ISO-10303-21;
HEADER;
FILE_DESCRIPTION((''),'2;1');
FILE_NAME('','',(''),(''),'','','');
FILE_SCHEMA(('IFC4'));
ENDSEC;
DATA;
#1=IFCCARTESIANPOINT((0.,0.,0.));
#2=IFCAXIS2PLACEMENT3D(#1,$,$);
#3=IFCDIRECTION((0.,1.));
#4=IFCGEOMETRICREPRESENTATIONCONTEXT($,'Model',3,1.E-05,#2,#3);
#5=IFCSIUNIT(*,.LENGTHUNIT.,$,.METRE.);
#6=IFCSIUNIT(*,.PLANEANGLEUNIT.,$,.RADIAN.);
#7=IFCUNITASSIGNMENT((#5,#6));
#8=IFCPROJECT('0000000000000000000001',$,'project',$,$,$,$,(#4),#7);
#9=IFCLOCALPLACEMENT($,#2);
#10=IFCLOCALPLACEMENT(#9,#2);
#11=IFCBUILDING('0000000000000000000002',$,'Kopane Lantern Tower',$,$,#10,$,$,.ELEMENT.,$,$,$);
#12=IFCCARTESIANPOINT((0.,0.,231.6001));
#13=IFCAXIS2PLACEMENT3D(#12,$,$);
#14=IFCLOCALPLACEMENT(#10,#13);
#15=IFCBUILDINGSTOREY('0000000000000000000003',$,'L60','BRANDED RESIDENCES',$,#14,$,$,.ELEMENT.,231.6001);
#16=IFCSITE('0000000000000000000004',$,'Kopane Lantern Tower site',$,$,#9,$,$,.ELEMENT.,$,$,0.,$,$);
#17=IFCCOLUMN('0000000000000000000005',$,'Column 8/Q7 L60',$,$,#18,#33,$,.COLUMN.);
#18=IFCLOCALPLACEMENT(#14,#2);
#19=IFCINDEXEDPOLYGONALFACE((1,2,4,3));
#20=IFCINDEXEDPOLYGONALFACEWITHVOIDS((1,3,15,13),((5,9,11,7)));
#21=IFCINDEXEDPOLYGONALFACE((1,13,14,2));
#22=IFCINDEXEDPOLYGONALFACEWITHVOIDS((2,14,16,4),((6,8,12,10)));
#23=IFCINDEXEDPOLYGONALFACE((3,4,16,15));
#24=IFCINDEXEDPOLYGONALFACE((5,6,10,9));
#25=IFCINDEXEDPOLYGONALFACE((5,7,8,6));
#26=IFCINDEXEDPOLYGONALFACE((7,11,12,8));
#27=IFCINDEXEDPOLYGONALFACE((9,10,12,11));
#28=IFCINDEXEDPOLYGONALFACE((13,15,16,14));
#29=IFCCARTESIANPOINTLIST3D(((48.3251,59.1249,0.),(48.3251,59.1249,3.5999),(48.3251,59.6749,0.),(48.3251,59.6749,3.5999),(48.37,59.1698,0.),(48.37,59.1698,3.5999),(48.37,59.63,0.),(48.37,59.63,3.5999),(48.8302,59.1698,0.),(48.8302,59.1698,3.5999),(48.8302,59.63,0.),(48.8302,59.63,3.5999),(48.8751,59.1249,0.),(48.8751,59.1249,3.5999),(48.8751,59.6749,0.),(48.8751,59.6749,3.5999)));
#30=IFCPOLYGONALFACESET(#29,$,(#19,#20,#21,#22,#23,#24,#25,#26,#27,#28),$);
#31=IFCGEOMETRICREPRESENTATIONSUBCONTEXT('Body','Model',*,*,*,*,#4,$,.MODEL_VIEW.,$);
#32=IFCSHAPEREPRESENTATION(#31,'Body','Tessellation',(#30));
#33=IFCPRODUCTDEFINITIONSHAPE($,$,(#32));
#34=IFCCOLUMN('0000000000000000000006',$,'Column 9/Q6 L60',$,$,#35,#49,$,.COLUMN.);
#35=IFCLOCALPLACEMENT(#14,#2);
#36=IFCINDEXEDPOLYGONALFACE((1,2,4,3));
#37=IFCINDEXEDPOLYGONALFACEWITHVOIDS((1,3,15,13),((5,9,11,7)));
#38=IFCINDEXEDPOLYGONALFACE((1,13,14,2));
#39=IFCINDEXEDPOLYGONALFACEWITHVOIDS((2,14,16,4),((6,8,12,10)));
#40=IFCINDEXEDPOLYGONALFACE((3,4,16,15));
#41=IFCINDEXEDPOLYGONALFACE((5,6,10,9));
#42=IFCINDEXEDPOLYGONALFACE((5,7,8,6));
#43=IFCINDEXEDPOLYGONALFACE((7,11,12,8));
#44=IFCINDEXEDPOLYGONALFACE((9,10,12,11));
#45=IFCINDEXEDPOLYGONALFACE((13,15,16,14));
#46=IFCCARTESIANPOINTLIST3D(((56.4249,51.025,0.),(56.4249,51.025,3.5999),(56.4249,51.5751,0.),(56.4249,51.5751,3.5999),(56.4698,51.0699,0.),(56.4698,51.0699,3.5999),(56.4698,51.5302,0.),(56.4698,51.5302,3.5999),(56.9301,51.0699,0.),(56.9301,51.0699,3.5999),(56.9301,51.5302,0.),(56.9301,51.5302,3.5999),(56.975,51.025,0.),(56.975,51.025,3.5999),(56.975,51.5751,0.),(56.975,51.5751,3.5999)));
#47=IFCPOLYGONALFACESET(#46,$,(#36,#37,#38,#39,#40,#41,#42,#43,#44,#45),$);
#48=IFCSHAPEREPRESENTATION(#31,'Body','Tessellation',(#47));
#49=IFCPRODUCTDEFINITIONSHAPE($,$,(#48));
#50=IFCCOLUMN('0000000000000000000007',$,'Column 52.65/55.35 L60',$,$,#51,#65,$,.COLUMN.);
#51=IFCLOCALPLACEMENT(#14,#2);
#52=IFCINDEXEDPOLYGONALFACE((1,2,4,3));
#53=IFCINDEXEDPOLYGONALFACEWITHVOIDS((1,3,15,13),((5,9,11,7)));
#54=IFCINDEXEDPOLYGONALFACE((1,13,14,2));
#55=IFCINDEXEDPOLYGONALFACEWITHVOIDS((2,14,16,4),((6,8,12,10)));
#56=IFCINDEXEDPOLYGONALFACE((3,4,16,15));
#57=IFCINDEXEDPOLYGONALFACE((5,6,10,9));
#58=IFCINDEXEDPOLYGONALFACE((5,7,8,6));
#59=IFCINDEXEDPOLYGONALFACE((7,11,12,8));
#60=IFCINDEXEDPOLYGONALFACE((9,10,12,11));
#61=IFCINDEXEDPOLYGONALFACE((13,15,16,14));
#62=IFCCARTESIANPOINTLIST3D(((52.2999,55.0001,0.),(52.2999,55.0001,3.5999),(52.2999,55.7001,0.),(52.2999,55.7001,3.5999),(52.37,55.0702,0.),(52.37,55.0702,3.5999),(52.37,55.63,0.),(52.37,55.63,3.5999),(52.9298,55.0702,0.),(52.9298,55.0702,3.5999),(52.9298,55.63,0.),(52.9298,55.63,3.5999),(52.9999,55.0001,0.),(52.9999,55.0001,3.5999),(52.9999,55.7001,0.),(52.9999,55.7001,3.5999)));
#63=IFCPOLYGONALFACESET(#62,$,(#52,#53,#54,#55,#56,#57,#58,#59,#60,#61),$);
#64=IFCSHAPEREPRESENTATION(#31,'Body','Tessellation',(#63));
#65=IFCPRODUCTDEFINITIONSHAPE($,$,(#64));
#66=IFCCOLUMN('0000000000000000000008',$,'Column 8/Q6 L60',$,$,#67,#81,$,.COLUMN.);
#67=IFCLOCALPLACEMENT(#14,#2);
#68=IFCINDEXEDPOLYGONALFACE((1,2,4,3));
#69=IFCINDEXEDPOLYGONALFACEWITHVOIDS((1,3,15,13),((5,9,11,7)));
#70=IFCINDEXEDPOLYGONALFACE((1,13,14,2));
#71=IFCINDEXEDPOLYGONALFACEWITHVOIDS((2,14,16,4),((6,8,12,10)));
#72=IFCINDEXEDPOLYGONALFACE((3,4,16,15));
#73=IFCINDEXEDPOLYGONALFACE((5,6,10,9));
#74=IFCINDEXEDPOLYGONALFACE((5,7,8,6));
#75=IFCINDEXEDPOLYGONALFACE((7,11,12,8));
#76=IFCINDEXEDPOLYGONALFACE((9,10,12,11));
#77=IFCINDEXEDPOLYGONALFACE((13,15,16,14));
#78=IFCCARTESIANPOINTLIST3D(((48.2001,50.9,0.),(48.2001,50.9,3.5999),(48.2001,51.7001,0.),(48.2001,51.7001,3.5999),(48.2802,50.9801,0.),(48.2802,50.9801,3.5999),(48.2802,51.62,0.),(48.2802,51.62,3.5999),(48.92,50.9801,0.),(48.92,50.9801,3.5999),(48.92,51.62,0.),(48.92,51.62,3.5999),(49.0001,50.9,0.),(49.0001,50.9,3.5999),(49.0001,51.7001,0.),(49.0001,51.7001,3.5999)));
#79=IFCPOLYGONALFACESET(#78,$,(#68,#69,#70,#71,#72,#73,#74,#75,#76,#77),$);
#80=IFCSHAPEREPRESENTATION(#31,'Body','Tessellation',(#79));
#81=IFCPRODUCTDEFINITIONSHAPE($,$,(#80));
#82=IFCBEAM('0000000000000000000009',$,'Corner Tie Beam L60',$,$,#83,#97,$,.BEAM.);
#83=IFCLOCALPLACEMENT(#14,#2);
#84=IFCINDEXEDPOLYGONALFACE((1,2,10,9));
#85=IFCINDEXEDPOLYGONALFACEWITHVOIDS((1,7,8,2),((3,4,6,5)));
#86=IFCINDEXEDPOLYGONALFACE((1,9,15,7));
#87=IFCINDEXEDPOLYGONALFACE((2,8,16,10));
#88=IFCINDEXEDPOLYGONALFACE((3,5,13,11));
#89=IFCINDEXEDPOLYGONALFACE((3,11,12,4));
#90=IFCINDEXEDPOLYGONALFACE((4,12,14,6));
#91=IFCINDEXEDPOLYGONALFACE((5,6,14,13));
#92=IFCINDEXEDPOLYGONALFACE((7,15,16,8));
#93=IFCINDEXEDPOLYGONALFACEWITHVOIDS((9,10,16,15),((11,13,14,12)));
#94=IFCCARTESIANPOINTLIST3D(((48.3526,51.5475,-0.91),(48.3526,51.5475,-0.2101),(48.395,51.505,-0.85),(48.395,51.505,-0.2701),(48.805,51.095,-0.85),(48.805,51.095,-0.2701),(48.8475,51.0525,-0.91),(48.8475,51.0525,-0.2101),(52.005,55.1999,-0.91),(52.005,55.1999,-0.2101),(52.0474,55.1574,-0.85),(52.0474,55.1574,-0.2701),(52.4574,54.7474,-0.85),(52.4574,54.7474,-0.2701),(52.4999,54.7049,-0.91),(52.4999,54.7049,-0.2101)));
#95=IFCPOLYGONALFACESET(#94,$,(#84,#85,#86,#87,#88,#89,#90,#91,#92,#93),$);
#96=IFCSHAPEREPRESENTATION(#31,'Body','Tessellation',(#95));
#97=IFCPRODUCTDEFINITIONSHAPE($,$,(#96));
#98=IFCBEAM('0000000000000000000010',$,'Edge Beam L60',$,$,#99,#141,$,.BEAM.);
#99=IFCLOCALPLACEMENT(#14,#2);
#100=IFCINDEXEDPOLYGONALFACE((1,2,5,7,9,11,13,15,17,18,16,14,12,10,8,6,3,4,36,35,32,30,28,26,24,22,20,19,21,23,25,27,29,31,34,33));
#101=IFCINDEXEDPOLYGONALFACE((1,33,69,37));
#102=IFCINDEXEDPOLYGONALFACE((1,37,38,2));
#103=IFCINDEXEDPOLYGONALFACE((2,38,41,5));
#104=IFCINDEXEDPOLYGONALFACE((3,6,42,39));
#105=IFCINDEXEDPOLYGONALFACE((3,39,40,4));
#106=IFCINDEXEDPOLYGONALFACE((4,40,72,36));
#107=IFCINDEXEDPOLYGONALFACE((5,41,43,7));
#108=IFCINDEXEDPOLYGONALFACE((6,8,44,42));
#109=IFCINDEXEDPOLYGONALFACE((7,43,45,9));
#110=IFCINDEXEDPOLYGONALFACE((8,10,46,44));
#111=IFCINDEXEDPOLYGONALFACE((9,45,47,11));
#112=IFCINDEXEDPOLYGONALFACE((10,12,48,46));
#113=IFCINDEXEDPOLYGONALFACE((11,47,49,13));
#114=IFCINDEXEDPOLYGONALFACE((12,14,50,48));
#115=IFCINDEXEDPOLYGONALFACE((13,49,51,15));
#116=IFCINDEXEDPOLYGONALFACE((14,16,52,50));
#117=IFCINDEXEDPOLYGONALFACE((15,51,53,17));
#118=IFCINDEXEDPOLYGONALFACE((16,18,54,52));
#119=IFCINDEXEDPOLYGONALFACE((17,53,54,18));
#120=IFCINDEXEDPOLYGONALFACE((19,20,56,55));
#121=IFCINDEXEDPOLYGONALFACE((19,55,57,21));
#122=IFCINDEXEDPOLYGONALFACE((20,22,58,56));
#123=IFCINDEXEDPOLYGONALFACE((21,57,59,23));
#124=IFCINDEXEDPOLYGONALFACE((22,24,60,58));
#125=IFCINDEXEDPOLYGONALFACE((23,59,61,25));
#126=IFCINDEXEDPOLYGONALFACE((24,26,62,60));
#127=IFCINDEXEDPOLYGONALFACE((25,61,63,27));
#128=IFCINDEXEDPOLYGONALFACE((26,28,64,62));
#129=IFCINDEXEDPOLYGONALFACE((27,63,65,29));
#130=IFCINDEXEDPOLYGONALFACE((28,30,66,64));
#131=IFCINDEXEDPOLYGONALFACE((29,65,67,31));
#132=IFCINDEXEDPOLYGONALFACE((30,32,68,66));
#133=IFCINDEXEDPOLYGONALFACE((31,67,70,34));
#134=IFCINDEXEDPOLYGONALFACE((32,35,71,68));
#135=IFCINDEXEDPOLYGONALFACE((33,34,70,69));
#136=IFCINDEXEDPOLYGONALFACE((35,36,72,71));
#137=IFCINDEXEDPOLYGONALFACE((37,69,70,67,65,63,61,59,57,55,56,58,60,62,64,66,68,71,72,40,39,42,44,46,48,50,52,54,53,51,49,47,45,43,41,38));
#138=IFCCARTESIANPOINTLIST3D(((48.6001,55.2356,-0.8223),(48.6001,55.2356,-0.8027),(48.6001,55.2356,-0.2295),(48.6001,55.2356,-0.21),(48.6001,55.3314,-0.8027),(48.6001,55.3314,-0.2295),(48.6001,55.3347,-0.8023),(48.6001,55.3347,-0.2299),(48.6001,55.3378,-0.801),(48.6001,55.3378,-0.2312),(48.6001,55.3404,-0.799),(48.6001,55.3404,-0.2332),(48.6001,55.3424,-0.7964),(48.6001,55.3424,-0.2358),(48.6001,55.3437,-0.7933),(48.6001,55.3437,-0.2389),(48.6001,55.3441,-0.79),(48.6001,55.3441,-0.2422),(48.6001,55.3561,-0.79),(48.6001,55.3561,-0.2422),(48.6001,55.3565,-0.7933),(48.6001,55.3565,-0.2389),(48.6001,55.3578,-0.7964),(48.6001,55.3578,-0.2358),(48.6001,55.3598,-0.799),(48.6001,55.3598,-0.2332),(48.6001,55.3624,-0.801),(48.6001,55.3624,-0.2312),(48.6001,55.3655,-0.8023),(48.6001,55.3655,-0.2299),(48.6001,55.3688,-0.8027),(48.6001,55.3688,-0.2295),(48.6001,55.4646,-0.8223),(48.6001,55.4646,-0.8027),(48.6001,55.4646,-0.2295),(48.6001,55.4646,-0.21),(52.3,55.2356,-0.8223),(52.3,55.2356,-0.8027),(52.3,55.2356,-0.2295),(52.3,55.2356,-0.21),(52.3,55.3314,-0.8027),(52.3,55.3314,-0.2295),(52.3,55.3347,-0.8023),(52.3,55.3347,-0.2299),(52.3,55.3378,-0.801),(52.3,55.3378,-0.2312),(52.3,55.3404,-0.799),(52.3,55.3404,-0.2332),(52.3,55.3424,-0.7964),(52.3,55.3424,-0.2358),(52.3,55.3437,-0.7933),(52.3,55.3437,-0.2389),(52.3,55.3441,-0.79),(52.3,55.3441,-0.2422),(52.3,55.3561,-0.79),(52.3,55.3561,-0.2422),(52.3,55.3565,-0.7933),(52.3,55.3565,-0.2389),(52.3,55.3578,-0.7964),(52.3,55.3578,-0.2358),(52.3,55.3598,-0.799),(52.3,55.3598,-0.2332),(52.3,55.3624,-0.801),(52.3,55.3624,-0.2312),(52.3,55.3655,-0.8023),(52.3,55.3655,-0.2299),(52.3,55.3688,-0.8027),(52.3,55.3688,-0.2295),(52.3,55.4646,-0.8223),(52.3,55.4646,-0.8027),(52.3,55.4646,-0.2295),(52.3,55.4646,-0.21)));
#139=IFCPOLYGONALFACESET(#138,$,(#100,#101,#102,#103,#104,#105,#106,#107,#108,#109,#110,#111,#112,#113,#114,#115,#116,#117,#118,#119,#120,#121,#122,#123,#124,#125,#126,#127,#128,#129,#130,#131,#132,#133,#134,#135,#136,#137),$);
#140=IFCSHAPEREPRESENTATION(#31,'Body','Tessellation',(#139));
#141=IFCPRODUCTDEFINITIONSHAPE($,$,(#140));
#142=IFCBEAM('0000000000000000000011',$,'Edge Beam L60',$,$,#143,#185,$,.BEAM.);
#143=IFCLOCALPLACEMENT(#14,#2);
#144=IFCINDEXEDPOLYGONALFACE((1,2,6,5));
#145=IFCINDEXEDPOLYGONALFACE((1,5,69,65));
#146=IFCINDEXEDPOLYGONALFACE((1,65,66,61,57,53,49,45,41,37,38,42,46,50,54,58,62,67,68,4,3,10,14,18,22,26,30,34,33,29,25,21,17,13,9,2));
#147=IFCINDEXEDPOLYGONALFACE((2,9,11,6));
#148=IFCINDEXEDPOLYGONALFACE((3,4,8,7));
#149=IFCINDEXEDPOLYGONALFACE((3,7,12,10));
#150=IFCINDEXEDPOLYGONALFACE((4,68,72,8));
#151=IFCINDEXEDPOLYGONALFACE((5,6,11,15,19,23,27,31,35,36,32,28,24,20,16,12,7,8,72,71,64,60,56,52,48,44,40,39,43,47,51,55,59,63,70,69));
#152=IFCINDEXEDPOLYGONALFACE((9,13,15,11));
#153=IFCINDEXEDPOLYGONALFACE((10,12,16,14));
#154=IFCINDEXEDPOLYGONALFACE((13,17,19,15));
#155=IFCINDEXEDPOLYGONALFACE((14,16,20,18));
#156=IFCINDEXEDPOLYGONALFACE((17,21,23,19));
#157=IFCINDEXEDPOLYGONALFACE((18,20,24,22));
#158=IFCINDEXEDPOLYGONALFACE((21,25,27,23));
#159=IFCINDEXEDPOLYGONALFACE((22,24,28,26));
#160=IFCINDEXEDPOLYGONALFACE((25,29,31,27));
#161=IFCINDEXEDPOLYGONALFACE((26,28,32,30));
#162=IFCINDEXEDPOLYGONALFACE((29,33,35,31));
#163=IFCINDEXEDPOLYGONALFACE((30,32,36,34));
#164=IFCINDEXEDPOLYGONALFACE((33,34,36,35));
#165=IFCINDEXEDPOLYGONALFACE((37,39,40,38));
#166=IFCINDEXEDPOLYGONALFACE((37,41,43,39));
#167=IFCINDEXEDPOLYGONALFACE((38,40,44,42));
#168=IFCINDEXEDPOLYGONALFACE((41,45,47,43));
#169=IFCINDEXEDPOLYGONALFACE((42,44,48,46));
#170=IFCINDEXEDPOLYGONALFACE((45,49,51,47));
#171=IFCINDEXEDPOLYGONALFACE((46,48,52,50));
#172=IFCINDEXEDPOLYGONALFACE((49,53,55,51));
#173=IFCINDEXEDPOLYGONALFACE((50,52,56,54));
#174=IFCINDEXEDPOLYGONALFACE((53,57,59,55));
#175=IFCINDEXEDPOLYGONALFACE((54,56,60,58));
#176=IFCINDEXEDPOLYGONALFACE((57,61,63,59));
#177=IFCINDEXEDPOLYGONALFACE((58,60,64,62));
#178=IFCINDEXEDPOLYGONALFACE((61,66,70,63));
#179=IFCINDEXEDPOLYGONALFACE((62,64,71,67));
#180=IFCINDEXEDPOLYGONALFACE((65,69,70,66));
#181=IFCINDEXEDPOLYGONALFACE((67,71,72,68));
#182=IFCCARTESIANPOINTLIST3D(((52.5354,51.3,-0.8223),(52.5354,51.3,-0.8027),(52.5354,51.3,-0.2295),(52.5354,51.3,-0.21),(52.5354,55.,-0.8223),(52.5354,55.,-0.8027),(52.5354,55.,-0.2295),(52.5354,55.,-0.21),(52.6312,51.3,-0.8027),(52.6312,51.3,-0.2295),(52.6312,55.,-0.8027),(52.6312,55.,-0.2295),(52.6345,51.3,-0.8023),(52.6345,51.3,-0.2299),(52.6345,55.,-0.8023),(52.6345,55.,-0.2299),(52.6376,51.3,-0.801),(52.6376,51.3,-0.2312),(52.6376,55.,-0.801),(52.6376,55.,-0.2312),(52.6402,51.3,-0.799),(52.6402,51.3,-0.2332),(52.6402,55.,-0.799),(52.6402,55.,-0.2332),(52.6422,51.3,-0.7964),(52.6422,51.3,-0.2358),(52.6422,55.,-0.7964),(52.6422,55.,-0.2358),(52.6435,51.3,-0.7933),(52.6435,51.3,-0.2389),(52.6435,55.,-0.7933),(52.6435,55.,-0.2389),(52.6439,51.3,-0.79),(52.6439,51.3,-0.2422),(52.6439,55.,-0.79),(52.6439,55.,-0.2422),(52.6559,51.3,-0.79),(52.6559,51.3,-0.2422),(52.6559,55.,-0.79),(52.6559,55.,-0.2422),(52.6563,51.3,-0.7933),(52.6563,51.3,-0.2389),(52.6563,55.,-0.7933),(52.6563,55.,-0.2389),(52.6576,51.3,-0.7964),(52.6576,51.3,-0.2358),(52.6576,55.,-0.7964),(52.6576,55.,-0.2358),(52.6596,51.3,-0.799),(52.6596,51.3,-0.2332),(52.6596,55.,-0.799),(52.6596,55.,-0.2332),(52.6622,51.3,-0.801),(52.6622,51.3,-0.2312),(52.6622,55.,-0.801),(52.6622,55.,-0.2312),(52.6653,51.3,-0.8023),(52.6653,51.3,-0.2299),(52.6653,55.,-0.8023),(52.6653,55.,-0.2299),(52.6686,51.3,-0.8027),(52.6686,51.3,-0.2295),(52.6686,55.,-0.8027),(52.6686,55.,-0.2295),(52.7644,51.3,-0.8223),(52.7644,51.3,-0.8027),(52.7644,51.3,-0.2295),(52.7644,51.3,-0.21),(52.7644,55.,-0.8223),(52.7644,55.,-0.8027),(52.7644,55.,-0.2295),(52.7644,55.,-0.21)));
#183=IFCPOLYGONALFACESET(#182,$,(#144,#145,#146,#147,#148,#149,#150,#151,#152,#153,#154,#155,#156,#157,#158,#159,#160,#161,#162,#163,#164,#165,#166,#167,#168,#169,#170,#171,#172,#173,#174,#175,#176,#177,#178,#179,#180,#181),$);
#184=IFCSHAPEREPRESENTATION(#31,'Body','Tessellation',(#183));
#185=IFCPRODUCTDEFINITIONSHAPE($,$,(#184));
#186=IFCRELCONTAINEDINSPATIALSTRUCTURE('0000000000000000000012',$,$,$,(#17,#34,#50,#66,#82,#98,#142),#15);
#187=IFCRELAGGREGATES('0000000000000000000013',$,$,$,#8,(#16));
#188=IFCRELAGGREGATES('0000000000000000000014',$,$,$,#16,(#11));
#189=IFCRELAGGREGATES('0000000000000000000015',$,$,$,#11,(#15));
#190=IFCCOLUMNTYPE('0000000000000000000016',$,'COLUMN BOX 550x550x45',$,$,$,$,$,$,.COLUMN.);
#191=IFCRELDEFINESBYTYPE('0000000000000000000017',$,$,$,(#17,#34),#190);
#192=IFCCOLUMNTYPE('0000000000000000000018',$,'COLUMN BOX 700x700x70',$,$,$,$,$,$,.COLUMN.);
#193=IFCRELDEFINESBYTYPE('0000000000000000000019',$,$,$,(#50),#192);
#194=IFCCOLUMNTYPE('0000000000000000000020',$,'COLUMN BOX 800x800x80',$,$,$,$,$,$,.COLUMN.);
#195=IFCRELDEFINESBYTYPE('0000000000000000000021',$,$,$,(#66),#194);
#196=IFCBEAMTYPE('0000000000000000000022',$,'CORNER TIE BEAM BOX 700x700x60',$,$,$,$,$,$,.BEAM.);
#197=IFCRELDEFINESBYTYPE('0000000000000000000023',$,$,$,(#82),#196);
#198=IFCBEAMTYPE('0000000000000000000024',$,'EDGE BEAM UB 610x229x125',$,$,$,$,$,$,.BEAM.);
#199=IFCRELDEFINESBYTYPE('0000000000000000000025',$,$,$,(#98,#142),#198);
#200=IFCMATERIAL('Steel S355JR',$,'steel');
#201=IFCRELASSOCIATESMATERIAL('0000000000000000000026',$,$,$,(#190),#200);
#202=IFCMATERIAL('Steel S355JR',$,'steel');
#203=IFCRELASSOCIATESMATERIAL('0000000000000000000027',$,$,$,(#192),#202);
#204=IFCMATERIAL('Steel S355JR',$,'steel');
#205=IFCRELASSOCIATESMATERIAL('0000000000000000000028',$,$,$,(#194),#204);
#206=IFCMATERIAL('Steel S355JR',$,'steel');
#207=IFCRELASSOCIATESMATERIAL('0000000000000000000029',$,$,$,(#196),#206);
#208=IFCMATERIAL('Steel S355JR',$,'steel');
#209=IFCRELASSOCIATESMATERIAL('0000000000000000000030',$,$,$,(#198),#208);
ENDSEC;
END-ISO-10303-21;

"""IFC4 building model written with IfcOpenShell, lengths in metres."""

from ifc_helpers import new_model, si_unit, direction, frame, origin, origin_2d, place, context, subcontext, project, spatial, hollow_rectangle, i_section, extrude, material, material_profile, profile_set, type_object, element, save


model = new_model("IFC4")

# Units and contexts
model_context = context("Model", 3, precision=1e-05, world=origin(), true_north=direction((0.0, 1.0)))
body_context = subcontext(model_context, "Body", "Model", "MODEL_VIEW")
ifc_project = project(units=[si_unit("LENGTHUNIT", "METRE"), si_unit("PLANEANGLEUNIT", "RADIAN")], contexts=[model_context])

# Site, building, storey
site_placement = place(None, origin())
site = spatial("IfcSite", under=ifc_project, at=site_placement, Name="Kopane Lantern Tower site", CompositionType="ELEMENT", RefElevation=0.0)
building_placement = place(site_placement, origin())
building = spatial("IfcBuilding", under=site, at=building_placement, Name="Kopane Lantern Tower", CompositionType="ELEMENT")
storey_placement = place(building_placement, frame((0.0, 0.0, 231.6001)))
storey = spatial("IfcBuildingStorey", under=building, at=storey_placement, Name="L60", Description="BRANDED RESIDENCES", CompositionType="ELEMENT", Elevation=231.6001)

# Columns
ifc_material_1 = material(Name="Steel S355JR", Category="steel")
ifc_material_profile_1 = material_profile(ifc_material_1, hollow_rectangle(XDim=0.55, YDim=0.55, WallThickness=0.0449, at=origin_2d()), Name="BOX 550x550x45")
ifc_profile_set_1 = profile_set([ifc_material_profile_1], Name="Steel S355JR")
column_type_1 = type_object("IfcColumnType", Name="COLUMN BOX 550x550x45", PredefinedType="COLUMN", material=ifc_profile_set_1)
for number, where, z_axis, x_axis, name in (
    (1, (48.6001, 59.3999, 0.0), (0.0, 0.0, 1.0), (1.0, 0.0, 0.0), "Column 8/Q7 L60"),
    (2, (56.7, 51.3, 0.0), (0.0, 0.0, 1.0), (1.0, 0.0, 0.0), "Column 9/Q6 L60"),
):
    element("IfcColumn", number, at=place(storey_placement, frame(where, z_axis=z_axis, x_axis=x_axis)), inside=storey, type_object=column_type_1, Name=name, PredefinedType="COLUMN", context=body_context, shape_type="SweptSolid", body=[
        extrude(hollow_rectangle(XDim=0.55, YDim=0.55, WallThickness=0.0449, at=origin_2d()), origin(), (0.0, 0.0, 1.0), 3.5999),
    ])
ifc_material_2 = material(Name="Steel S355JR", Category="steel")
ifc_material_profile_2 = material_profile(ifc_material_2, hollow_rectangle(XDim=0.7, YDim=0.7, WallThickness=0.0701, at=origin_2d()), Name="BOX 700x700x70")
ifc_profile_set_2 = profile_set([ifc_material_profile_2], Name="Steel S355JR")
column_type_2 = type_object("IfcColumnType", Name="COLUMN BOX 700x700x70", PredefinedType="COLUMN", material=ifc_profile_set_2)
column_1_placement = place(storey_placement, frame((52.6499, 55.3501, 0.0), z_axis=(0.0, 0.0, 1.0), x_axis=(1.0, 0.0, 0.0)))
element("IfcColumn", 3, at=column_1_placement, inside=storey, type_object=column_type_2, Name="Column 52.65/55.35 L60", PredefinedType="COLUMN", context=body_context, shape_type="SweptSolid", body=[
    extrude(hollow_rectangle(XDim=0.7, YDim=0.7, WallThickness=0.0701, at=origin_2d()), origin(), (0.0, 0.0, 1.0), 3.5999),
])
ifc_material_3 = material(Name="Steel S355JR", Category="steel")
ifc_material_profile_3 = material_profile(ifc_material_3, hollow_rectangle(XDim=0.8, YDim=0.8, WallThickness=0.0801, at=origin_2d()), Name="BOX 800x800x80")
ifc_profile_set_3 = profile_set([ifc_material_profile_3], Name="Steel S355JR")
column_type_3 = type_object("IfcColumnType", Name="COLUMN BOX 800x800x80", PredefinedType="COLUMN", material=ifc_profile_set_3)
column_2_placement = place(storey_placement, frame((48.6001, 51.3, 0.0), z_axis=(0.0, 0.0, 1.0), x_axis=(1.0, 0.0, 0.0)))
element("IfcColumn", 4, at=column_2_placement, inside=storey, type_object=column_type_3, Name="Column 8/Q6 L60", PredefinedType="COLUMN", context=body_context, shape_type="SweptSolid", body=[
    extrude(hollow_rectangle(XDim=0.8, YDim=0.8, WallThickness=0.0801, at=origin_2d()), origin(), (0.0, 0.0, 1.0), 3.5999),
])

# Beams
ifc_material_4 = material(Name="Steel S355JR", Category="steel")
ifc_material_profile_4 = material_profile(ifc_material_4, hollow_rectangle(XDim=0.7, YDim=0.7, WallThickness=0.0601, at=origin_2d()), Name="BOX 700x700x60")
ifc_profile_set_4 = profile_set([ifc_material_profile_4], Name="Steel S355JR")
beam_type_1 = type_object("IfcBeamType", Name="CORNER TIE BEAM BOX 700x700x60", PredefinedType="BEAM", material=ifc_profile_set_4)
beam_placement = place(storey_placement, frame((52.2524, 54.9524, -0.5601), z_axis=(-0.707107, -0.707107, 0.0), x_axis=(0.707107, -0.707107, 0.0)))
element("IfcBeam", 5, at=beam_placement, inside=storey, type_object=beam_type_1, Name="Corner Tie Beam L60", PredefinedType="BEAM", context=body_context, shape_type="SweptSolid", body=[
    extrude(hollow_rectangle(XDim=0.7, YDim=0.7, WallThickness=0.0601, at=origin_2d()), origin(), (0.0, 0.0, 1.0), 5.1653),
])
ifc_material_5 = material(Name="Steel S355JR", Category="steel")
ifc_material_profile_5 = material_profile(ifc_material_5, i_section(OverallWidth=0.229, OverallDepth=0.6123, WebThickness=0.012, FlangeThickness=0.0195, FilletRadius=0.0127, at=origin_2d()), Name="UB 610x229x125")
ifc_profile_set_5 = profile_set([ifc_material_profile_5], Name="Steel S355JR")
beam_type_2 = type_object("IfcBeamType", Name="EDGE BEAM UB 610x229x125", PredefinedType="BEAM", material=ifc_profile_set_5)
for number, where, z_axis, x_axis, name in (
    (6, (52.3, 55.3501, -0.5161), (-1.0, 0.0, 0.0), (0.0, -1.0, 0.0), "Edge Beam L60"),
    (7, (52.6499, 55.0, -0.5161), (0.0, -1.0, 0.0), (1.0, 0.0, 0.0), "Edge Beam L60"),
):
    element("IfcBeam", number, at=place(storey_placement, frame(where, z_axis=z_axis, x_axis=x_axis)), inside=storey, type_object=beam_type_2, Name=name, PredefinedType="BEAM", context=body_context, shape_type="SweptSolid", body=[
        extrude(i_section(OverallWidth=0.229, OverallDepth=0.6123, WebThickness=0.012, FlangeThickness=0.0195, FilletRadius=0.0127, at=origin_2d()), origin(), (0.0, 0.0, 1.0), 3.7),
    ])

save(model, "model.ifc")
